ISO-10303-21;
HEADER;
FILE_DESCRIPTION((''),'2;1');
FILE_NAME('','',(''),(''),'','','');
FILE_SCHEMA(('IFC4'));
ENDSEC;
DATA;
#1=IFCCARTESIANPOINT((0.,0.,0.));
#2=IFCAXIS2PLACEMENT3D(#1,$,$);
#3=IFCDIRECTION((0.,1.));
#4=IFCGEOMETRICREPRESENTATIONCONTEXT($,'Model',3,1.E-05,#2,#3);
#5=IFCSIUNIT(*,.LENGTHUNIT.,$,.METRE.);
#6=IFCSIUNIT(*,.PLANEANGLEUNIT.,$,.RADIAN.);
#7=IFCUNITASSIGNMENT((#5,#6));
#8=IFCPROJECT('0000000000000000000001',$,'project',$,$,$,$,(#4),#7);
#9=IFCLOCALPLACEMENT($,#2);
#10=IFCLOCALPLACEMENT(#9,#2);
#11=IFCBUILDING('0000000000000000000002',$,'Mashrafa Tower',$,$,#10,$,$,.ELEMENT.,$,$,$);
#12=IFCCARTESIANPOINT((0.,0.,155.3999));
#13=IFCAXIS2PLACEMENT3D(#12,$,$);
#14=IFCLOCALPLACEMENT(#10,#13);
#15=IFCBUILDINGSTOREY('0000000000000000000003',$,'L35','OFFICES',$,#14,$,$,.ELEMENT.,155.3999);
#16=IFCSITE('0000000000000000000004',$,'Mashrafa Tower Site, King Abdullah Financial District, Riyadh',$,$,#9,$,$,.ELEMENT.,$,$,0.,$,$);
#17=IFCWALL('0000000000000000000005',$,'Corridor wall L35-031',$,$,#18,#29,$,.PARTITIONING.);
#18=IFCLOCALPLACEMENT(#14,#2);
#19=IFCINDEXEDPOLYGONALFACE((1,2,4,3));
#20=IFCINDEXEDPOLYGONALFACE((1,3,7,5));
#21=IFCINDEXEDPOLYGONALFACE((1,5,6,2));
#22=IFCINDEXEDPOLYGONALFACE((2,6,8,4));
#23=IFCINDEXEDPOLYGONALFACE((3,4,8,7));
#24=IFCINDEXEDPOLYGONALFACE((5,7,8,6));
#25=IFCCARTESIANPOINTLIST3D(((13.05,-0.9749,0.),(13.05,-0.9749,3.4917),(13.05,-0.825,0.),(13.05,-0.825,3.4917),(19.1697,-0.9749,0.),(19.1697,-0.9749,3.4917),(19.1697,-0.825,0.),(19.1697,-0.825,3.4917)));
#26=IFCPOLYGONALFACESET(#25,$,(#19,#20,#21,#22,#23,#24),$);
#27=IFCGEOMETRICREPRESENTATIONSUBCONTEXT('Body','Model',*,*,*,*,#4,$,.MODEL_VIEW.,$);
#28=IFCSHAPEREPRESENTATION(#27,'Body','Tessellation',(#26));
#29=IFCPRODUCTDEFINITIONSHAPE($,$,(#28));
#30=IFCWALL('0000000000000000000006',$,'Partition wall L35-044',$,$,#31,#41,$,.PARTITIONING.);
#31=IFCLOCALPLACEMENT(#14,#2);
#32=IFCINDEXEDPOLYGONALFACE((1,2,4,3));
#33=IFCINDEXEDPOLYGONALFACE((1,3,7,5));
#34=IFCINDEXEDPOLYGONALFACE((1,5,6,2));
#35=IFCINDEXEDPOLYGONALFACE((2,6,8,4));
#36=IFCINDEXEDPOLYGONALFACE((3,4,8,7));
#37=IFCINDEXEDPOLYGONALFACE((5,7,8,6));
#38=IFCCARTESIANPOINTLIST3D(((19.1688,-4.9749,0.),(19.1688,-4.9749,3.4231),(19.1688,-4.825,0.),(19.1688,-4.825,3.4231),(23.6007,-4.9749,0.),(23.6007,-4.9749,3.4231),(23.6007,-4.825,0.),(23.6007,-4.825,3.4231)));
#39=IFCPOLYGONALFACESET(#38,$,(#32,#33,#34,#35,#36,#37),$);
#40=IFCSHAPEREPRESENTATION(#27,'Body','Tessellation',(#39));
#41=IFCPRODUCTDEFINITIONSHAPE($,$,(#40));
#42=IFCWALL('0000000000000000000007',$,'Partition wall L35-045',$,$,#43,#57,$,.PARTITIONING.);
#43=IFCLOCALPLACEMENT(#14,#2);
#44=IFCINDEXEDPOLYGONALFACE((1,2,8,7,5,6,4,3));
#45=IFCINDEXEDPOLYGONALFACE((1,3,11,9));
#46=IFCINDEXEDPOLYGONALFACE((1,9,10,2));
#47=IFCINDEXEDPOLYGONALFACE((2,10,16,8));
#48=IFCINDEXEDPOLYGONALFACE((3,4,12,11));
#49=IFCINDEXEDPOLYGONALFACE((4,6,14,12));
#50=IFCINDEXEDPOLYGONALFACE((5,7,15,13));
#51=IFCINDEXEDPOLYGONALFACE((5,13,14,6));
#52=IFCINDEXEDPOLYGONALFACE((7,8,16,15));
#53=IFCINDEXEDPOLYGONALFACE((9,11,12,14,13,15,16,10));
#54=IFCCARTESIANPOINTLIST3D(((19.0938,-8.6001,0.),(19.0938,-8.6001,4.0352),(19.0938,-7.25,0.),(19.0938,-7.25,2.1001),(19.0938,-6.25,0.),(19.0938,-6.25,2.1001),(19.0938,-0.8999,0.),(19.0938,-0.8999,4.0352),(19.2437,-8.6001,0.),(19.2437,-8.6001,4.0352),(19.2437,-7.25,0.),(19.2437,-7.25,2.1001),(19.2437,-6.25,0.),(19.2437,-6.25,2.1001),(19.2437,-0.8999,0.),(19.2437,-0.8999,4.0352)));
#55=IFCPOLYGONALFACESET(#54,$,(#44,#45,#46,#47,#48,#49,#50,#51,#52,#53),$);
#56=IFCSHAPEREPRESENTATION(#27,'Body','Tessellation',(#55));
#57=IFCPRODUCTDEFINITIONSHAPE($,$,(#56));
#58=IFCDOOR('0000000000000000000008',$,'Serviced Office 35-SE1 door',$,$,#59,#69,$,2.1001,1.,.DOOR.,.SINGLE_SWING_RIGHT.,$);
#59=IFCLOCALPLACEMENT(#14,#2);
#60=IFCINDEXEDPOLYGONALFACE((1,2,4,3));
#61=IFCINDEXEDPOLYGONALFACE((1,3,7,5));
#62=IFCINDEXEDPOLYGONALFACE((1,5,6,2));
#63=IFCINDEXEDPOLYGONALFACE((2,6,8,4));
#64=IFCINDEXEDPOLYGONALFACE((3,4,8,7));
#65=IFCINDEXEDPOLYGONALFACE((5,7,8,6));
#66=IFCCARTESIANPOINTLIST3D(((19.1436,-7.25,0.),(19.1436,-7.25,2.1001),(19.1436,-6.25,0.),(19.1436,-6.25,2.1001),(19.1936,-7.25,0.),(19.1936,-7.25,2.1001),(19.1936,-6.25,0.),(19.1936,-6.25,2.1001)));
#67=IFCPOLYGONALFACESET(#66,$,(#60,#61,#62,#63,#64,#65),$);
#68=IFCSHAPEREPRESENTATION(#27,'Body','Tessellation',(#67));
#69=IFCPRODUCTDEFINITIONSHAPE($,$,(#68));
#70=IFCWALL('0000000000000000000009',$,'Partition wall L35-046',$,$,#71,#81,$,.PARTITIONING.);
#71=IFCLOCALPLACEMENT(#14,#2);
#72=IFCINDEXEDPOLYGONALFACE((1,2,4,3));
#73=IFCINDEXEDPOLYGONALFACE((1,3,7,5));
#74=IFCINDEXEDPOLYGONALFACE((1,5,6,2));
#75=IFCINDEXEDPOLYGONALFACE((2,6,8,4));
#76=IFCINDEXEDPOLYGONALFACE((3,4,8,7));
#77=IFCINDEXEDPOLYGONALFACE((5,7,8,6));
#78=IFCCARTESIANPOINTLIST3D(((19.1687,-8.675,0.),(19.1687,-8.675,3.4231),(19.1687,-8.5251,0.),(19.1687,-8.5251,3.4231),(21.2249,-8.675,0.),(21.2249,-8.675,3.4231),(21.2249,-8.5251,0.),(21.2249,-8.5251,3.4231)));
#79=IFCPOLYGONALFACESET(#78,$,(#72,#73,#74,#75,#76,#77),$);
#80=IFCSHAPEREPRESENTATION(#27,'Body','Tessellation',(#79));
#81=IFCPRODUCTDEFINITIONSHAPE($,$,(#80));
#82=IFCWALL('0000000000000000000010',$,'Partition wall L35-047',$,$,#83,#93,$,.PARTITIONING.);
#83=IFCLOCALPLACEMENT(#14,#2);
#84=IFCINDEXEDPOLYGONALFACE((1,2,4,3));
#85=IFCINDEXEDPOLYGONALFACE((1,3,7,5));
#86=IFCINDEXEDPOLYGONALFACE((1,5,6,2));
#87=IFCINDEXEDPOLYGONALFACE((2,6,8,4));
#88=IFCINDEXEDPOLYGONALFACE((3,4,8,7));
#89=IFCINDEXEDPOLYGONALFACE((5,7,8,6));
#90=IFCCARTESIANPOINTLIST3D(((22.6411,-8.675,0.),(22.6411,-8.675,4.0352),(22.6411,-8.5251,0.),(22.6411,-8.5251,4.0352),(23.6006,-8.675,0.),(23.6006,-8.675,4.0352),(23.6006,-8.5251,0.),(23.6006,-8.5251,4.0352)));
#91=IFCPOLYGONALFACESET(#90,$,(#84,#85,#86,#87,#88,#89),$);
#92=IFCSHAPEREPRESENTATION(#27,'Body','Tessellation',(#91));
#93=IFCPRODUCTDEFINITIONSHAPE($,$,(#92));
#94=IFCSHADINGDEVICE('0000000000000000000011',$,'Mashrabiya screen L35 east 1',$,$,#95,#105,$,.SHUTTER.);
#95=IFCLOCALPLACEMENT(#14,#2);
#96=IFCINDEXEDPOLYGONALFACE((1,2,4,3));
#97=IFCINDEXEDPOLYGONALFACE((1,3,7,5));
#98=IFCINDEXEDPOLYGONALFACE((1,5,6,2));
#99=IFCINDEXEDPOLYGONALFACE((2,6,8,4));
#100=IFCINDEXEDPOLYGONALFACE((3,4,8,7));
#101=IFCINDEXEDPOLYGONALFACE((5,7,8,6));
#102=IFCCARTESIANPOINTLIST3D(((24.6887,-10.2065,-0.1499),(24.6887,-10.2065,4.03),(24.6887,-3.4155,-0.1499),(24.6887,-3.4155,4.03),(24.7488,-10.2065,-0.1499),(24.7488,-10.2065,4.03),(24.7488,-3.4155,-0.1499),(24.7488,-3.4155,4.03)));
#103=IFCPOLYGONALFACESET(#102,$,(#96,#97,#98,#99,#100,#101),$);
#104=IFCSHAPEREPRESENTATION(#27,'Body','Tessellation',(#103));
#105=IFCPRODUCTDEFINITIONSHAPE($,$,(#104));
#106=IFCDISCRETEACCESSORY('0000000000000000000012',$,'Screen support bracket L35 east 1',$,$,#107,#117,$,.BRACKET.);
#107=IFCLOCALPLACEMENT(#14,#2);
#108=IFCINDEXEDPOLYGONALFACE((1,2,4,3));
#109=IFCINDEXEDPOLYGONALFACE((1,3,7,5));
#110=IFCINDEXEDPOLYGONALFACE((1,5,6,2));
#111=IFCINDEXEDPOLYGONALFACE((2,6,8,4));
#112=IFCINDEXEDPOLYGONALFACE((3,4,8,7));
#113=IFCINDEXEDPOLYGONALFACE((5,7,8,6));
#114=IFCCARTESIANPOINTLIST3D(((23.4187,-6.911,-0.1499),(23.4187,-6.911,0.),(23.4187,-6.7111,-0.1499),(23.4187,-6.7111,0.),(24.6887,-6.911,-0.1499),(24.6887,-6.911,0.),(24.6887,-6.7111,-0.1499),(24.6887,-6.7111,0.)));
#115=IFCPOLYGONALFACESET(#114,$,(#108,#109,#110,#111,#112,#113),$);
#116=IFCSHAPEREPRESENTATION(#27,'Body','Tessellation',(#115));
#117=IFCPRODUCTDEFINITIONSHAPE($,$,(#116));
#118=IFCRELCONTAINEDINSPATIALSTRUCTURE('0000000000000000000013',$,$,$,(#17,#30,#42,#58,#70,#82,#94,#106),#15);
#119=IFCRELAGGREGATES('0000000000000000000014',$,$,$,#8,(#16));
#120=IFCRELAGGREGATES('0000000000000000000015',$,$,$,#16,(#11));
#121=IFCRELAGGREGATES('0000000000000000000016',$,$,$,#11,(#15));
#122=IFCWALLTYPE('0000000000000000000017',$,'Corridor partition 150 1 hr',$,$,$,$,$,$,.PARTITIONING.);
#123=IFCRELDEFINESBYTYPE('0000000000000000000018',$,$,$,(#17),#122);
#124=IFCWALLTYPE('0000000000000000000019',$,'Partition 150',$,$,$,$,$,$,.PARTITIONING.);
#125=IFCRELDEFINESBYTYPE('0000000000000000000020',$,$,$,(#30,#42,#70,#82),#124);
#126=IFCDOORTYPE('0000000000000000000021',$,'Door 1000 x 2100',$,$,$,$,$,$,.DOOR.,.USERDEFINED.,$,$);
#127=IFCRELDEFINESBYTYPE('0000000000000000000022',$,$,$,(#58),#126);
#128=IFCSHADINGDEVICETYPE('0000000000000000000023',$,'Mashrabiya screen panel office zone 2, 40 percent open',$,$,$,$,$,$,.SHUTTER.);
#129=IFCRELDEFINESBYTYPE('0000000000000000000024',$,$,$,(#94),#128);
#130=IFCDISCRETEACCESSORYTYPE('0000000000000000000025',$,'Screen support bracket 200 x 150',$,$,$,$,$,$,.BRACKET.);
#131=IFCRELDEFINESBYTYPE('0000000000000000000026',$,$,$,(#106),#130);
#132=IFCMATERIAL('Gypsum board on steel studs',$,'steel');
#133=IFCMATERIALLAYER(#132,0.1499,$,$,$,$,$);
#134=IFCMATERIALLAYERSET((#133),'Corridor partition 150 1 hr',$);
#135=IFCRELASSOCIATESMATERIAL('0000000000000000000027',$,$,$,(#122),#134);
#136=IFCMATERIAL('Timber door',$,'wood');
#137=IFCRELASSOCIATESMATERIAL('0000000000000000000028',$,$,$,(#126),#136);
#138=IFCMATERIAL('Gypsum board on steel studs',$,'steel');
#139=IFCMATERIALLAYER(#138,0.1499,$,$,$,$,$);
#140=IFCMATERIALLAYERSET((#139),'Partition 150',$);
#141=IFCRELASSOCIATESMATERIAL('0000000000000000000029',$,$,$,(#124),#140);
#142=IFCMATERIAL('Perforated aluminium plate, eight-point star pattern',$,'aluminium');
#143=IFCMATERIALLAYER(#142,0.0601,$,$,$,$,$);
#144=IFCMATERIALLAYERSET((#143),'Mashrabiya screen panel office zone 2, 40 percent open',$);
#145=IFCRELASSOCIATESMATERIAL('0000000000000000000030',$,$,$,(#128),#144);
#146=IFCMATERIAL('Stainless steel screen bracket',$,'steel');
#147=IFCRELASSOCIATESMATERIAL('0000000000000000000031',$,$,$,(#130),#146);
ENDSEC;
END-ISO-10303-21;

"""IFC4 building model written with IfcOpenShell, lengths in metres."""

from ifc_helpers import new_model, si_unit, direction, frame, frame_2d, origin, origin_2d, place, context, subcontext, project, spatial, rectangle, extrude, source, transform, mapped, material, layer, layer_set, type_object, type_shapes, element, fill, save


model = new_model("IFC4")

# Units and contexts
model_context = context("Model", 3, precision=1e-05, world=origin(), true_north=direction((0.0, 1.0)))
body_context = subcontext(model_context, "Body", "Model", "MODEL_VIEW")
ifc_project = project(units=[si_unit("LENGTHUNIT", "METRE"), si_unit("PLANEANGLEUNIT", "RADIAN")], contexts=[model_context])

# Site, building, storey
site_placement = place(None, origin())
site = spatial("IfcSite", under=ifc_project, at=site_placement, Name="Mashrafa Tower Site, King Abdullah Financial District, Riyadh", CompositionType="ELEMENT", RefElevation=0.0)
building_placement = place(site_placement, origin())
building = spatial("IfcBuilding", under=site, at=building_placement, Name="Mashrafa Tower", CompositionType="ELEMENT")
storey_placement = place(building_placement, frame((0.0, 0.0, 155.3999)))
storey = spatial("IfcBuildingStorey", under=building, at=storey_placement, Name="L35", Description="OFFICES", CompositionType="ELEMENT", Elevation=155.3999)

# Shared definitions
ifc_material_1 = material(Name="Gypsum board on steel studs", Category="steel")
ifc_layer_1 = layer(ifc_material_1, 0.1499)
ifc_layer_set_1 = layer_set([ifc_layer_1], Name="Corridor partition 150 1 hr")
wall_type_1 = type_object("IfcWallType", Name="Corridor partition 150 1 hr", PredefinedType="PARTITIONING", material=ifc_layer_set_1)
ifc_material_2 = material(Name="Timber door", Category="wood")
door_type_1 = type_object("IfcDoorType", Name="Door 1000 x 2100", OperationType="USERDEFINED", PredefinedType="DOOR", material=ifc_material_2)

# Walls
wall_1_placement = place(storey_placement, frame((13.05, -0.8999, 0.0), z_axis=(0.0, 0.0, 1.0), x_axis=(1.0, 0.0, 0.0)))
element("IfcWall", 1, at=wall_1_placement, inside=storey, type_object=wall_type_1, Name="Corridor wall L35-031", PredefinedType="PARTITIONING", context=body_context, shape_type="SweptSolid", body=[
    extrude(rectangle(XDim=6.1196, YDim=0.1499, at=frame_2d((3.0598, 0.0))), origin(), (0.0, 0.0, 1.0), 3.4917),
])
ifc_material_3 = material(Name="Gypsum board on steel studs", Category="steel")
ifc_layer_2 = layer(ifc_material_3, 0.1499)
ifc_layer_set_2 = layer_set([ifc_layer_2], Name="Partition 150")
wall_type_2 = type_object("IfcWallType", Name="Partition 150", PredefinedType="PARTITIONING", material=ifc_layer_set_2)
wall_2_placement = place(storey_placement, frame((23.6006, -4.8999, 0.0), z_axis=(0.0, 0.0, 1.0), x_axis=(-1.0, 0.0, 0.0)))
element("IfcWall", 2, at=wall_2_placement, inside=storey, type_object=wall_type_2, Name="Partition wall L35-044", PredefinedType="PARTITIONING", context=body_context, shape_type="SweptSolid", body=[
    extrude(rectangle(XDim=4.4319, YDim=0.1499, at=frame_2d((2.2158, 0.0))), origin(), (0.0, 0.0, 1.0), 3.4231),
])

# Wall, opening, door
wall_3_placement = place(storey_placement, frame((19.1687, -8.6001, 0.0), z_axis=(0.0, 0.0, 1.0), x_axis=(0.0, 1.0, 0.0)))
wall_3 = element("IfcWall", 3, at=wall_3_placement, inside=storey, type_object=wall_type_2, Name="Partition wall L35-045", PredefinedType="PARTITIONING", context=body_context, shape_type="SweptSolid", body=[
    extrude(rectangle(XDim=7.7002, YDim=0.1499, at=frame_2d((3.8501, 0.0))), origin(), (0.0, 0.0, 1.0), 4.0352),
])
opening_1_placement = place(wall_3_placement, frame((1.3501, 0.0, 0.0)))
opening_1 = element("IfcOpeningElement", 4, at=opening_1_placement, cuts=wall_3, PredefinedType="OPENING", context=body_context, shape_type="SweptSolid", body=[
    extrude(rectangle(XDim=1.0, YDim=2.1001, at=frame_2d((0.5, 1.05))), frame((0.0, 0.085, 0.0), z_axis=(0.0, -1.0, 0.0), x_axis=(1.0, 0.0, 0.0)), (0.0, 0.0, 1.0), 0.1699),
])
door_1_placement = place(opening_1_placement, frame((1.0, 0.0, 0.0), z_axis=(0.0, 0.0, 1.0), x_axis=(-1.0, 0.0, 0.0)))
door_1 = element("IfcDoor", 5, at=door_1_placement, inside=storey, type_object=door_type_1, Name="Serviced Office 35-SE1 door", OperationType="SINGLE_SWING_RIGHT", OverallHeight=2.1001, OverallWidth=1.0, PredefinedType="DOOR", context=body_context, shape_type="SweptSolid", body=[
    extrude(rectangle(XDim=1.0, YDim=2.1001, at=frame_2d((0.5, 1.05))), frame((0.0, 0.0249, 0.0), z_axis=(0.0, -1.0, 0.0), x_axis=(1.0, 0.0, 0.0)), (0.0, 0.0, 1.0), 0.05),
])
fill(opening_1, door_1)

# Walls
wall_4_placement = place(storey_placement, frame((19.1687, -8.6001, 0.0), z_axis=(0.0, 0.0, 1.0), x_axis=(1.0, 0.0, 0.0)))
element("IfcWall", 6, at=wall_4_placement, inside=storey, type_object=wall_type_2, Name="Partition wall L35-046", PredefinedType="PARTITIONING", context=body_context, shape_type="SweptSolid", body=[
    extrude(rectangle(XDim=2.0562, YDim=0.1499, at=frame_2d((1.0281, 0.0))), origin(), (0.0, 0.0, 1.0), 3.4231),
])
wall_5_placement = place(storey_placement, frame((22.6411, -8.6001, 0.0), z_axis=(0.0, 0.0, 1.0), x_axis=(1.0, 0.0, 0.0)))
element("IfcWall", 7, at=wall_5_placement, inside=storey, type_object=wall_type_2, Name="Partition wall L35-047", PredefinedType="PARTITIONING", context=body_context, shape_type="SweptSolid", body=[
    extrude(rectangle(XDim=0.9595, YDim=0.1499, at=frame_2d((0.4797, 0.0))), origin(), (0.0, 0.0, 1.0), 4.0352),
])

# Shading device
ifc_material_4 = material(Name="Perforated aluminium plate, eight-point star pattern", Category="aluminium")
ifc_layer_3 = layer(ifc_material_4, 0.0601)
ifc_layer_set_3 = layer_set([ifc_layer_3], Name="Mashrabiya screen panel office zone 2, 40 percent open")
shading_device_type = type_object("IfcShadingDeviceType", Name="Mashrabiya screen panel office zone 2, 40 percent open", PredefinedType="SHUTTER", material=ifc_layer_set_3)
shared_shape_1 = source(origin(), body_context, "Body", "SweptSolid", [
    extrude(rectangle(XDim=6.791, YDim=0.0601, at=origin_2d()), origin(), (0.0, 0.0, 1.0), 4.1799),
])
type_shapes(shading_device_type, [shared_shape_1])
shading_device_placement = place(storey_placement, frame((24.7188, -6.811, -0.1499), z_axis=(0.0, 0.0, 1.0), x_axis=(0.0, 1.0, 0.0)))
element("IfcShadingDevice", 8, at=shading_device_placement, inside=storey, type_object=shading_device_type, Name="Mashrabiya screen L35 east 1", PredefinedType="SHUTTER", context=body_context, shape_type="MappedRepresentation", body=[
    mapped(shared_shape_1, transform((0.0, 0.0, 0.0))),
])

# Discrete accessory
ifc_material_5 = material(Name="Stainless steel screen bracket", Category="steel")
discrete_accessory_type = type_object("IfcDiscreteAccessoryType", Name="Screen support bracket 200 x 150", PredefinedType="BRACKET", material=ifc_material_5)
shared_shape_2 = source(origin(), body_context, "Body", "SweptSolid", [
    extrude(rectangle(XDim=0.2, YDim=1.27, at=origin_2d()), origin(), (0.0, 0.0, 1.0), 0.1499),
])
type_shapes(discrete_accessory_type, [shared_shape_2])
discrete_accessory_placement = place(storey_placement, frame((24.0537, -6.811, -0.1499), z_axis=(0.0, 0.0, 1.0), x_axis=(0.0, 1.0, 0.0)))
element("IfcDiscreteAccessory", 9, at=discrete_accessory_placement, inside=storey, type_object=discrete_accessory_type, Name="Screen support bracket L35 east 1", PredefinedType="BRACKET", context=body_context, shape_type="MappedRepresentation", body=[
    mapped(shared_shape_2, transform((0.0, 0.0, 0.0))),
])

save(model, "model.ifc")
